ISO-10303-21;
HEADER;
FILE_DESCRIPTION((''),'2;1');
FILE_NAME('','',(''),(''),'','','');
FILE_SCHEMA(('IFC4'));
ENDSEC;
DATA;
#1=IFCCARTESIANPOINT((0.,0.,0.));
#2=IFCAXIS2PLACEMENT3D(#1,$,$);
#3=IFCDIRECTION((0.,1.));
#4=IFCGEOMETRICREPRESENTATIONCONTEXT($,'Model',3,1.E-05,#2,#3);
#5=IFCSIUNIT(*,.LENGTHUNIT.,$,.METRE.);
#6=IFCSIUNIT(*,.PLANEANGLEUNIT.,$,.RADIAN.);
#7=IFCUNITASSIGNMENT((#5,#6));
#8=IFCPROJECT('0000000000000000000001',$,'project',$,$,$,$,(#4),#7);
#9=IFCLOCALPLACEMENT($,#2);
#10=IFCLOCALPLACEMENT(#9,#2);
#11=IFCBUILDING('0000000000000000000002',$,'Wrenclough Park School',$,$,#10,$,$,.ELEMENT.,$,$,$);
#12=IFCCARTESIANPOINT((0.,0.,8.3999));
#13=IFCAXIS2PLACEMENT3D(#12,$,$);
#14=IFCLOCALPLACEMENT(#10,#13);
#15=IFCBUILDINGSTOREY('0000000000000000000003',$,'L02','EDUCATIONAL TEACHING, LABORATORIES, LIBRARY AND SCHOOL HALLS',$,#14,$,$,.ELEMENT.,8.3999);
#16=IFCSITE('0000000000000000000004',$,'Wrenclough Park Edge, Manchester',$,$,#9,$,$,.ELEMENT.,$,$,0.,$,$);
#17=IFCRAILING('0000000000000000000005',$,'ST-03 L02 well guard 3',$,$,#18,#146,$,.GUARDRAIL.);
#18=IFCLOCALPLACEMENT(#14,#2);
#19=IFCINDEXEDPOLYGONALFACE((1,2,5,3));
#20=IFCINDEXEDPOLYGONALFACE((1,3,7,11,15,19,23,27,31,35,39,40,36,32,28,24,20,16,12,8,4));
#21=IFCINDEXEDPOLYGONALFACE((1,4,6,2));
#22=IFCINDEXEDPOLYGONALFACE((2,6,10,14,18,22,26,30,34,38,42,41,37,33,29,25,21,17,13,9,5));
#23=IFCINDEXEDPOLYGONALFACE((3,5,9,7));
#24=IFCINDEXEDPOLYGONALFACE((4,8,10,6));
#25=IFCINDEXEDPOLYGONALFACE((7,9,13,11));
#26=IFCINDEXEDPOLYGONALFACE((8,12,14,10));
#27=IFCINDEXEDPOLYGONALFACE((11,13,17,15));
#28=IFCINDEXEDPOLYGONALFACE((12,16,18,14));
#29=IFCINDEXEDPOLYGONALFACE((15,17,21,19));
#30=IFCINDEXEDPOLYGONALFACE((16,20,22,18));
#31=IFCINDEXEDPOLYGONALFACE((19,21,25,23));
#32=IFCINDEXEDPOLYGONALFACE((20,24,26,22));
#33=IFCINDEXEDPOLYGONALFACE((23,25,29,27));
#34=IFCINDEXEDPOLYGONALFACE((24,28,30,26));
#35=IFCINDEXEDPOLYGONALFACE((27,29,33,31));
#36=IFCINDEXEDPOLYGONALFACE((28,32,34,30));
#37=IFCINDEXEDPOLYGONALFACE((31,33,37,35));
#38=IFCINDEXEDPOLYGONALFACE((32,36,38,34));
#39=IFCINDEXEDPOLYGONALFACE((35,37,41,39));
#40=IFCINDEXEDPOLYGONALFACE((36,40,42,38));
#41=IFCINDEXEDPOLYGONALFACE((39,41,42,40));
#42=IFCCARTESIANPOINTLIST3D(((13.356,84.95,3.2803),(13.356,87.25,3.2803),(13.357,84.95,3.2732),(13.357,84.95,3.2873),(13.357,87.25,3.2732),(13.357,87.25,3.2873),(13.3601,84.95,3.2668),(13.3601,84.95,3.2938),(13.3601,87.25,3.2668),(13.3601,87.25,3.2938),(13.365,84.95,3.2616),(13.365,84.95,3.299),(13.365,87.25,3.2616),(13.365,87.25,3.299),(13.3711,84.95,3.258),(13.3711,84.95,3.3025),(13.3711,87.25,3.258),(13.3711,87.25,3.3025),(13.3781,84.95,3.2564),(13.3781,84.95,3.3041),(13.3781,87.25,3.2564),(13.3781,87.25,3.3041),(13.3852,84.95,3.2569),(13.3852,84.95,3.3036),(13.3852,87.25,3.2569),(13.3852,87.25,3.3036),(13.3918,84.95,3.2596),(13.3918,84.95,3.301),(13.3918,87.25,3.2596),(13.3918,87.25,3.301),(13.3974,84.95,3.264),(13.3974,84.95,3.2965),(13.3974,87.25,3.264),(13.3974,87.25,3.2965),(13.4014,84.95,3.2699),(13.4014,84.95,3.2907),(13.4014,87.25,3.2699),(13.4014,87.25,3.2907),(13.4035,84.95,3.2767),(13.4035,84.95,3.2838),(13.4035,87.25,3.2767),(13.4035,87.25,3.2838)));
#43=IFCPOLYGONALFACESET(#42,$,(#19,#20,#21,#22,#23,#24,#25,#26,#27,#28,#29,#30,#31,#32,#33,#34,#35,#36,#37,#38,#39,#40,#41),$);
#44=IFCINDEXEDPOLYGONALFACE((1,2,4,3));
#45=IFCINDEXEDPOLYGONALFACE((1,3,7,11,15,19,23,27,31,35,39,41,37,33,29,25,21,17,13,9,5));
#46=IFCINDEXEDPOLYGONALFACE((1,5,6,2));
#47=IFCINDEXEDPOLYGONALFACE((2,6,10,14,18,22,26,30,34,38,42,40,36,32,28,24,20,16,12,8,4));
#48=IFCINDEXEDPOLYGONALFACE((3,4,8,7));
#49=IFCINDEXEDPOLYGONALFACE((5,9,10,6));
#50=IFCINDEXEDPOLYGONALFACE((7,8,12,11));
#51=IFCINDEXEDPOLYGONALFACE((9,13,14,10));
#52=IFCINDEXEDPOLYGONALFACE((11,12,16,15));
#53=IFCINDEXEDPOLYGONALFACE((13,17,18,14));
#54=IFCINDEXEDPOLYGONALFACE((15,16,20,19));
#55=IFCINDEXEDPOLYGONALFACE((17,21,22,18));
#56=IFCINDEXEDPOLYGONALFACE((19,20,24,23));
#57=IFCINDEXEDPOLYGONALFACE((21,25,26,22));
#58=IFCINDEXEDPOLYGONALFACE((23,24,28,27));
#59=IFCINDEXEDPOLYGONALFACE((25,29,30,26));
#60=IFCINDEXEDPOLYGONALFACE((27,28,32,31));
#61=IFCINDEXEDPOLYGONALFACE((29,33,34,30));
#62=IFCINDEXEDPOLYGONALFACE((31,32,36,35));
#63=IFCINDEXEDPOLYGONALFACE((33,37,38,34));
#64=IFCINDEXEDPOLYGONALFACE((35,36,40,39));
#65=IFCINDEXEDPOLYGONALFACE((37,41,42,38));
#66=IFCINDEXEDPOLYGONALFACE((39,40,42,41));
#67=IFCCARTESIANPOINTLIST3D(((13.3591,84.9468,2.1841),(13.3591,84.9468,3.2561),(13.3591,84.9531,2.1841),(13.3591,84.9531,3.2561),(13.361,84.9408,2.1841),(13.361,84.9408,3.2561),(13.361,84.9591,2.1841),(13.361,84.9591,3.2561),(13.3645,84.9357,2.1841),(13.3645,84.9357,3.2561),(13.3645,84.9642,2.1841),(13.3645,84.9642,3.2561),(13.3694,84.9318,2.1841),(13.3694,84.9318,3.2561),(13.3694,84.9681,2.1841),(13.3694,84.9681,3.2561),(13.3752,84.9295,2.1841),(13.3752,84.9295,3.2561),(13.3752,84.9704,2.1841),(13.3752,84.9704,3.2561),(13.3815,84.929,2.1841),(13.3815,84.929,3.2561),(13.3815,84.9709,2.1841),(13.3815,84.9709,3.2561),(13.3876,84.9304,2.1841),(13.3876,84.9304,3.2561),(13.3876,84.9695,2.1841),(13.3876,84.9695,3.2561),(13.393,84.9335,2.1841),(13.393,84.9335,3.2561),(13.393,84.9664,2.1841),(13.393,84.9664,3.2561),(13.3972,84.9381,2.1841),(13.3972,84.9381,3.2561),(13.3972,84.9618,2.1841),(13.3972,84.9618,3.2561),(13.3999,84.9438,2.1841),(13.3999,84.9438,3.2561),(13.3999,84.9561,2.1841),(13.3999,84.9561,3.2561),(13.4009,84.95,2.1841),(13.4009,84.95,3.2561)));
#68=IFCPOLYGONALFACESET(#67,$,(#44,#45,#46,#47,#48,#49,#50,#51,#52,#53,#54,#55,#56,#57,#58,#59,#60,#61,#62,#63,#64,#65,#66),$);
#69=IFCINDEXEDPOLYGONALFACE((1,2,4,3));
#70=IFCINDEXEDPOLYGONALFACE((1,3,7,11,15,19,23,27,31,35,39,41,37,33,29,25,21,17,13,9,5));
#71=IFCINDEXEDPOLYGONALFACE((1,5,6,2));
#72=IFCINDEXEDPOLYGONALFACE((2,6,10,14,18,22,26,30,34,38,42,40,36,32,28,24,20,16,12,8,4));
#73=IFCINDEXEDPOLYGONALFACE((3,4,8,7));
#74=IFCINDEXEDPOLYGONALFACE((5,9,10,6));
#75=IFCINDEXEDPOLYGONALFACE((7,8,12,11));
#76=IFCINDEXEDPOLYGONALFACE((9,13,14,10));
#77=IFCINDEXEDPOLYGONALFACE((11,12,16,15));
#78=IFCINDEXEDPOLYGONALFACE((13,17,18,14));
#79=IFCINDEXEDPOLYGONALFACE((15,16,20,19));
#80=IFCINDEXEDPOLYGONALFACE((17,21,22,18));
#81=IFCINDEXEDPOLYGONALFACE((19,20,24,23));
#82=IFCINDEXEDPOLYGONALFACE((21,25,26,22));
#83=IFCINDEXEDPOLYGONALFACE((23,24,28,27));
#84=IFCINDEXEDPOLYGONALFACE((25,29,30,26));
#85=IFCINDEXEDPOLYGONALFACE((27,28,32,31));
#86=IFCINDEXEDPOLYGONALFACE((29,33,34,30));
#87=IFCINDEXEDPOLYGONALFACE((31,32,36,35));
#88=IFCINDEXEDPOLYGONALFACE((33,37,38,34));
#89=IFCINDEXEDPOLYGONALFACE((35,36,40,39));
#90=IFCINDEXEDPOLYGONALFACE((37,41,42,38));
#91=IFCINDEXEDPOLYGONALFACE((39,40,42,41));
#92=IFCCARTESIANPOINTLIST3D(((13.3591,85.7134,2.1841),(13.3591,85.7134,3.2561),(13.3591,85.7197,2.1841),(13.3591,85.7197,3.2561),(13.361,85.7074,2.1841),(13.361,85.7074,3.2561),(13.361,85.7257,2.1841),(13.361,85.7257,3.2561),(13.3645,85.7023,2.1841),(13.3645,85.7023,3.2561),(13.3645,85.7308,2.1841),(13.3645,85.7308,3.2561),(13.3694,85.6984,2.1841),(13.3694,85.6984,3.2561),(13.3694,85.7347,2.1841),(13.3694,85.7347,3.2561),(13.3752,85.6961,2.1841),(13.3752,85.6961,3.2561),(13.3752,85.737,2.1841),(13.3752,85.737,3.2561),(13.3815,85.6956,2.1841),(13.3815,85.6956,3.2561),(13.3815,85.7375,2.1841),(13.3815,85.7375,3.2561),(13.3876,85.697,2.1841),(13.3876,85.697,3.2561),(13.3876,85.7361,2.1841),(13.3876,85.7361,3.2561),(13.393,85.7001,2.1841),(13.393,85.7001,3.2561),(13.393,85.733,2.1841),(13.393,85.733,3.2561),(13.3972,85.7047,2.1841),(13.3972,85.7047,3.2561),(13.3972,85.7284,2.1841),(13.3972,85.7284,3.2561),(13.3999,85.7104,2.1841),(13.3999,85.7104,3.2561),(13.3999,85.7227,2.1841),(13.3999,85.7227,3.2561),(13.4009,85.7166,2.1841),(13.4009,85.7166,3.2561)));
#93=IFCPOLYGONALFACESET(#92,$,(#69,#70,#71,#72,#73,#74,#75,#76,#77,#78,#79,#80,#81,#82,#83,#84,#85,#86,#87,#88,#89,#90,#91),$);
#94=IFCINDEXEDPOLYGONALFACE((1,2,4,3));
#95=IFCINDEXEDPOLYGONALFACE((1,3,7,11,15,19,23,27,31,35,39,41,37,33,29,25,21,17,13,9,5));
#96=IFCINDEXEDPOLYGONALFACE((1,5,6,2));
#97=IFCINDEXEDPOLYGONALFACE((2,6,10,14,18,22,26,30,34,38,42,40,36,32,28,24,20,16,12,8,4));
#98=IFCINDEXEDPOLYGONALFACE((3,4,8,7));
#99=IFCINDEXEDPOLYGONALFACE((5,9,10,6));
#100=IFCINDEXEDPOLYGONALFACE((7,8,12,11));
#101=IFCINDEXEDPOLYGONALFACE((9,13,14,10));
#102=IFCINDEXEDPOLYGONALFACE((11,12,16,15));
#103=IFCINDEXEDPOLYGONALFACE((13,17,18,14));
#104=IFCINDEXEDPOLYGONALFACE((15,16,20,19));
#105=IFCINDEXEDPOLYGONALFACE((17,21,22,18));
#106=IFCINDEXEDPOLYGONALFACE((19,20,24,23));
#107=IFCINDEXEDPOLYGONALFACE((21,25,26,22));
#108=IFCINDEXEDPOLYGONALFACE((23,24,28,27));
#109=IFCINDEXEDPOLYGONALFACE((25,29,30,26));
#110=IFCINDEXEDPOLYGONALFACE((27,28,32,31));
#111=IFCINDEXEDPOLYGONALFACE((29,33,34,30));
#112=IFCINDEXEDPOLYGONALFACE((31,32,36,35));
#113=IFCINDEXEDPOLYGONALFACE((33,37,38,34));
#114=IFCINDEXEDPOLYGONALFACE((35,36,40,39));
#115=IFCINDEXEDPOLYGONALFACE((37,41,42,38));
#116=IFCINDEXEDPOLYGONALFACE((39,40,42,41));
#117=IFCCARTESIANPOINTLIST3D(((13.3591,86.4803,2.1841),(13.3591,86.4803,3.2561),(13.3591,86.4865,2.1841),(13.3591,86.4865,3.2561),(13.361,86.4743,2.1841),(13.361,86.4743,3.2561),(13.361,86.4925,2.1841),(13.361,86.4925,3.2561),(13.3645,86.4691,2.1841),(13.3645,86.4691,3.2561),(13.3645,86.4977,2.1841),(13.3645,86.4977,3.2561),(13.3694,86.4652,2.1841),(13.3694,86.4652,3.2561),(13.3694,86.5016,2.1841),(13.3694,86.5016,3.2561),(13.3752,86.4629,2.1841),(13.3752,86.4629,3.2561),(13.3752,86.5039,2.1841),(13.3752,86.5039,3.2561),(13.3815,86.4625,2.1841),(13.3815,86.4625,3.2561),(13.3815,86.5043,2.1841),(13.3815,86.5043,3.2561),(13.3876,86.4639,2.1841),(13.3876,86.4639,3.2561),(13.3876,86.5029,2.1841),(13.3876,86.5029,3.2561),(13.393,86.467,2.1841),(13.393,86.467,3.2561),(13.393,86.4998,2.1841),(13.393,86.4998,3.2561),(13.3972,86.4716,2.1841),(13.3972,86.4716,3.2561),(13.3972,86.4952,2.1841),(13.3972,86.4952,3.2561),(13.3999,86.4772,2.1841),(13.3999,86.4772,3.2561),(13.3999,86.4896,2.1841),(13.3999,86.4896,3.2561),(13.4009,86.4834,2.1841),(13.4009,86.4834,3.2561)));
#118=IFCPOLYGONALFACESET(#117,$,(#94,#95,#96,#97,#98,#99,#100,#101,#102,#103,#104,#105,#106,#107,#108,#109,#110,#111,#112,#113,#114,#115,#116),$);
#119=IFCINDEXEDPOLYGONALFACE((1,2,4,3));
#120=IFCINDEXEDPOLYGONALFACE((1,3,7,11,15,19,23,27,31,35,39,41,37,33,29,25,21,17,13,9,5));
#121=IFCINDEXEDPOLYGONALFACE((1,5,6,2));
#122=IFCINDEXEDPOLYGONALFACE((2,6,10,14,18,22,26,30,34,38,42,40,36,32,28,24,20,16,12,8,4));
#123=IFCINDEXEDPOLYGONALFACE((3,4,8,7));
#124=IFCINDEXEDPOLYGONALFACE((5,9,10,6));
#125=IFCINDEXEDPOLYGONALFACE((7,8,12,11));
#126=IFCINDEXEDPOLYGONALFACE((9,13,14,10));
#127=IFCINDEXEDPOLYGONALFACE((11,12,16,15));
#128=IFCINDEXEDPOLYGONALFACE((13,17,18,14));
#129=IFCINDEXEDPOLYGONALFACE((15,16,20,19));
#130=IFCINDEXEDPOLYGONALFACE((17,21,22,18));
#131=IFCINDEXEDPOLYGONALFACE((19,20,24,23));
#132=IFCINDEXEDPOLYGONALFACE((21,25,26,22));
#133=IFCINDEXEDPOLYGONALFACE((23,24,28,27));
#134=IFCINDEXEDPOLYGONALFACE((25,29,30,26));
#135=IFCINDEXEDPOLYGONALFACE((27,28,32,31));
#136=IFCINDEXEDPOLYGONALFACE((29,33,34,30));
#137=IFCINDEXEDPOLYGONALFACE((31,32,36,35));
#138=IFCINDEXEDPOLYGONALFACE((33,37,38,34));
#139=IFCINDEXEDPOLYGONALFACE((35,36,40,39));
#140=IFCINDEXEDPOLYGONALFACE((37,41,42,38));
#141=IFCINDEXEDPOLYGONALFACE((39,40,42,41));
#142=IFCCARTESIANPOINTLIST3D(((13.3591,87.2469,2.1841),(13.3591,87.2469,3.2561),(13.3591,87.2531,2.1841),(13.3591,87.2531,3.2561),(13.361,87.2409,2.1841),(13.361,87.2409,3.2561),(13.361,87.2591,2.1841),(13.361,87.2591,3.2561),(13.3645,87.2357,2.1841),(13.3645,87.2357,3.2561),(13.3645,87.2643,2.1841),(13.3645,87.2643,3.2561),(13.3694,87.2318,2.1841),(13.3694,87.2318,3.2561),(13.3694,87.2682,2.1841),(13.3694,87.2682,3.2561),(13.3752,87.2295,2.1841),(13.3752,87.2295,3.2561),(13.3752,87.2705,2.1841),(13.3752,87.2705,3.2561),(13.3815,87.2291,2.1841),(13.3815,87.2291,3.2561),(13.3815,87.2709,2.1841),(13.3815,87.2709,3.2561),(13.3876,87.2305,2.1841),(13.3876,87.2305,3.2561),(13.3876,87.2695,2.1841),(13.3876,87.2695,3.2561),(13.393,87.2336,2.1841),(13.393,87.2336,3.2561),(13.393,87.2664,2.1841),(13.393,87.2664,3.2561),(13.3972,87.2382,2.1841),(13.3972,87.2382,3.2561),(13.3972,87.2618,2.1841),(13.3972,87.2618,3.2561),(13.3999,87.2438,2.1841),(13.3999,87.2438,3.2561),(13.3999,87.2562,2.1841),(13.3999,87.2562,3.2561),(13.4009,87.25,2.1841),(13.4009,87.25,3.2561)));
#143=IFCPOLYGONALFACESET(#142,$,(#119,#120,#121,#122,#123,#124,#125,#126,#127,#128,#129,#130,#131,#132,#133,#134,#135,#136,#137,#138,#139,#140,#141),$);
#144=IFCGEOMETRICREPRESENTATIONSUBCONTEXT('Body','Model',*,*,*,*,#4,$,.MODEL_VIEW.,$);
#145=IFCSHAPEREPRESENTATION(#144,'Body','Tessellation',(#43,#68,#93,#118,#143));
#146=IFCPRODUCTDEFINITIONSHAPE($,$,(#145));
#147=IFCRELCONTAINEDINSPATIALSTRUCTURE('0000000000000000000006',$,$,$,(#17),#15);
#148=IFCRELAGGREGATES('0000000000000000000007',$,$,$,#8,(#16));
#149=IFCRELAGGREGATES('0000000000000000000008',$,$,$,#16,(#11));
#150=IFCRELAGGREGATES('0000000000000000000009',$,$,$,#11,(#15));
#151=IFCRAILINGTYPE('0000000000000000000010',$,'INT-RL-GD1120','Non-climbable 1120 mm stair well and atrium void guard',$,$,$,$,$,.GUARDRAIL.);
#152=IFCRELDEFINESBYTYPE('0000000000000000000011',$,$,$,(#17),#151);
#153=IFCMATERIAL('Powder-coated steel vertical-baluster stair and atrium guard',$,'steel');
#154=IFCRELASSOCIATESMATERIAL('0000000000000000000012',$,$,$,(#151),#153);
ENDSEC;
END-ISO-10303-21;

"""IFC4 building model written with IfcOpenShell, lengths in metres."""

from ifc_helpers import new_model, si_unit, direction, frame, origin, origin_2d, place, context, subcontext, project, spatial, circle, extrude, material, type_object, element, save


model = new_model("IFC4")

# Units and contexts
model_context = context("Model", 3, precision=1e-05, world=origin(), true_north=direction((0.0, 1.0)))
body_context = subcontext(model_context, "Body", "Model", "MODEL_VIEW")
ifc_project = project(units=[si_unit("LENGTHUNIT", "METRE"), si_unit("PLANEANGLEUNIT", "RADIAN")], contexts=[model_context])

# Site, building, storey
site_placement = place(None, origin())
site = spatial("IfcSite", under=ifc_project, at=site_placement, Name="Wrenclough Park Edge, Manchester", CompositionType="ELEMENT", RefElevation=0.0)
building_placement = place(site_placement, origin())
building = spatial("IfcBuilding", under=site, at=building_placement, Name="Wrenclough Park School", CompositionType="ELEMENT")
storey_placement = place(building_placement, frame((0.0, 0.0, 8.3999)))
storey = spatial("IfcBuildingStorey", under=building, at=storey_placement, Name="L02", Description="EDUCATIONAL TEACHING, LABORATORIES, LIBRARY AND SCHOOL HALLS", CompositionType="ELEMENT", Elevation=8.3999)

# Railing
ifc_material_1 = material(Name="Powder-coated steel vertical-baluster stair and atrium guard", Category="steel")
railing_type_1 = type_object("IfcRailingType", Name="INT-RL-GD1120", Description="Non-climbable 1120 mm stair well and atrium void guard", PredefinedType="GUARDRAIL", material=ifc_material_1)
railing_1_placement = place(storey_placement, frame((13.3799, 84.95, 2.1841)))
element("IfcRailing", 1, at=railing_1_placement, inside=storey, type_object=railing_type_1, Name="ST-03 L02 well guard 3", PredefinedType="GUARDRAIL", context=body_context, shape_type="SweptSolid", body=[
    extrude(circle(Radius=0.0239, at=origin_2d()), frame((0.0, 0.0, 1.0962), z_axis=(0.0, 1.0, 0.0), x_axis=(-1.0, 0.0, 0.0)), (0.0, 0.0, 1.0), 2.3),
    extrude(circle(Radius=0.021, at=origin_2d()), origin(), (0.0, 0.0, 1.0), 1.072),
    extrude(circle(Radius=0.021, at=origin_2d()), frame((0.0, 0.7666, 0.0)), (0.0, 0.0, 1.0), 1.072),
    extrude(circle(Radius=0.021, at=origin_2d()), frame((0.0, 1.5334, 0.0)), (0.0, 0.0, 1.0), 1.072),
    extrude(circle(Radius=0.021, at=origin_2d()), frame((0.0, 2.3, 0.0)), (0.0, 0.0, 1.0), 1.072),
])

save(model, "model.ifc")
